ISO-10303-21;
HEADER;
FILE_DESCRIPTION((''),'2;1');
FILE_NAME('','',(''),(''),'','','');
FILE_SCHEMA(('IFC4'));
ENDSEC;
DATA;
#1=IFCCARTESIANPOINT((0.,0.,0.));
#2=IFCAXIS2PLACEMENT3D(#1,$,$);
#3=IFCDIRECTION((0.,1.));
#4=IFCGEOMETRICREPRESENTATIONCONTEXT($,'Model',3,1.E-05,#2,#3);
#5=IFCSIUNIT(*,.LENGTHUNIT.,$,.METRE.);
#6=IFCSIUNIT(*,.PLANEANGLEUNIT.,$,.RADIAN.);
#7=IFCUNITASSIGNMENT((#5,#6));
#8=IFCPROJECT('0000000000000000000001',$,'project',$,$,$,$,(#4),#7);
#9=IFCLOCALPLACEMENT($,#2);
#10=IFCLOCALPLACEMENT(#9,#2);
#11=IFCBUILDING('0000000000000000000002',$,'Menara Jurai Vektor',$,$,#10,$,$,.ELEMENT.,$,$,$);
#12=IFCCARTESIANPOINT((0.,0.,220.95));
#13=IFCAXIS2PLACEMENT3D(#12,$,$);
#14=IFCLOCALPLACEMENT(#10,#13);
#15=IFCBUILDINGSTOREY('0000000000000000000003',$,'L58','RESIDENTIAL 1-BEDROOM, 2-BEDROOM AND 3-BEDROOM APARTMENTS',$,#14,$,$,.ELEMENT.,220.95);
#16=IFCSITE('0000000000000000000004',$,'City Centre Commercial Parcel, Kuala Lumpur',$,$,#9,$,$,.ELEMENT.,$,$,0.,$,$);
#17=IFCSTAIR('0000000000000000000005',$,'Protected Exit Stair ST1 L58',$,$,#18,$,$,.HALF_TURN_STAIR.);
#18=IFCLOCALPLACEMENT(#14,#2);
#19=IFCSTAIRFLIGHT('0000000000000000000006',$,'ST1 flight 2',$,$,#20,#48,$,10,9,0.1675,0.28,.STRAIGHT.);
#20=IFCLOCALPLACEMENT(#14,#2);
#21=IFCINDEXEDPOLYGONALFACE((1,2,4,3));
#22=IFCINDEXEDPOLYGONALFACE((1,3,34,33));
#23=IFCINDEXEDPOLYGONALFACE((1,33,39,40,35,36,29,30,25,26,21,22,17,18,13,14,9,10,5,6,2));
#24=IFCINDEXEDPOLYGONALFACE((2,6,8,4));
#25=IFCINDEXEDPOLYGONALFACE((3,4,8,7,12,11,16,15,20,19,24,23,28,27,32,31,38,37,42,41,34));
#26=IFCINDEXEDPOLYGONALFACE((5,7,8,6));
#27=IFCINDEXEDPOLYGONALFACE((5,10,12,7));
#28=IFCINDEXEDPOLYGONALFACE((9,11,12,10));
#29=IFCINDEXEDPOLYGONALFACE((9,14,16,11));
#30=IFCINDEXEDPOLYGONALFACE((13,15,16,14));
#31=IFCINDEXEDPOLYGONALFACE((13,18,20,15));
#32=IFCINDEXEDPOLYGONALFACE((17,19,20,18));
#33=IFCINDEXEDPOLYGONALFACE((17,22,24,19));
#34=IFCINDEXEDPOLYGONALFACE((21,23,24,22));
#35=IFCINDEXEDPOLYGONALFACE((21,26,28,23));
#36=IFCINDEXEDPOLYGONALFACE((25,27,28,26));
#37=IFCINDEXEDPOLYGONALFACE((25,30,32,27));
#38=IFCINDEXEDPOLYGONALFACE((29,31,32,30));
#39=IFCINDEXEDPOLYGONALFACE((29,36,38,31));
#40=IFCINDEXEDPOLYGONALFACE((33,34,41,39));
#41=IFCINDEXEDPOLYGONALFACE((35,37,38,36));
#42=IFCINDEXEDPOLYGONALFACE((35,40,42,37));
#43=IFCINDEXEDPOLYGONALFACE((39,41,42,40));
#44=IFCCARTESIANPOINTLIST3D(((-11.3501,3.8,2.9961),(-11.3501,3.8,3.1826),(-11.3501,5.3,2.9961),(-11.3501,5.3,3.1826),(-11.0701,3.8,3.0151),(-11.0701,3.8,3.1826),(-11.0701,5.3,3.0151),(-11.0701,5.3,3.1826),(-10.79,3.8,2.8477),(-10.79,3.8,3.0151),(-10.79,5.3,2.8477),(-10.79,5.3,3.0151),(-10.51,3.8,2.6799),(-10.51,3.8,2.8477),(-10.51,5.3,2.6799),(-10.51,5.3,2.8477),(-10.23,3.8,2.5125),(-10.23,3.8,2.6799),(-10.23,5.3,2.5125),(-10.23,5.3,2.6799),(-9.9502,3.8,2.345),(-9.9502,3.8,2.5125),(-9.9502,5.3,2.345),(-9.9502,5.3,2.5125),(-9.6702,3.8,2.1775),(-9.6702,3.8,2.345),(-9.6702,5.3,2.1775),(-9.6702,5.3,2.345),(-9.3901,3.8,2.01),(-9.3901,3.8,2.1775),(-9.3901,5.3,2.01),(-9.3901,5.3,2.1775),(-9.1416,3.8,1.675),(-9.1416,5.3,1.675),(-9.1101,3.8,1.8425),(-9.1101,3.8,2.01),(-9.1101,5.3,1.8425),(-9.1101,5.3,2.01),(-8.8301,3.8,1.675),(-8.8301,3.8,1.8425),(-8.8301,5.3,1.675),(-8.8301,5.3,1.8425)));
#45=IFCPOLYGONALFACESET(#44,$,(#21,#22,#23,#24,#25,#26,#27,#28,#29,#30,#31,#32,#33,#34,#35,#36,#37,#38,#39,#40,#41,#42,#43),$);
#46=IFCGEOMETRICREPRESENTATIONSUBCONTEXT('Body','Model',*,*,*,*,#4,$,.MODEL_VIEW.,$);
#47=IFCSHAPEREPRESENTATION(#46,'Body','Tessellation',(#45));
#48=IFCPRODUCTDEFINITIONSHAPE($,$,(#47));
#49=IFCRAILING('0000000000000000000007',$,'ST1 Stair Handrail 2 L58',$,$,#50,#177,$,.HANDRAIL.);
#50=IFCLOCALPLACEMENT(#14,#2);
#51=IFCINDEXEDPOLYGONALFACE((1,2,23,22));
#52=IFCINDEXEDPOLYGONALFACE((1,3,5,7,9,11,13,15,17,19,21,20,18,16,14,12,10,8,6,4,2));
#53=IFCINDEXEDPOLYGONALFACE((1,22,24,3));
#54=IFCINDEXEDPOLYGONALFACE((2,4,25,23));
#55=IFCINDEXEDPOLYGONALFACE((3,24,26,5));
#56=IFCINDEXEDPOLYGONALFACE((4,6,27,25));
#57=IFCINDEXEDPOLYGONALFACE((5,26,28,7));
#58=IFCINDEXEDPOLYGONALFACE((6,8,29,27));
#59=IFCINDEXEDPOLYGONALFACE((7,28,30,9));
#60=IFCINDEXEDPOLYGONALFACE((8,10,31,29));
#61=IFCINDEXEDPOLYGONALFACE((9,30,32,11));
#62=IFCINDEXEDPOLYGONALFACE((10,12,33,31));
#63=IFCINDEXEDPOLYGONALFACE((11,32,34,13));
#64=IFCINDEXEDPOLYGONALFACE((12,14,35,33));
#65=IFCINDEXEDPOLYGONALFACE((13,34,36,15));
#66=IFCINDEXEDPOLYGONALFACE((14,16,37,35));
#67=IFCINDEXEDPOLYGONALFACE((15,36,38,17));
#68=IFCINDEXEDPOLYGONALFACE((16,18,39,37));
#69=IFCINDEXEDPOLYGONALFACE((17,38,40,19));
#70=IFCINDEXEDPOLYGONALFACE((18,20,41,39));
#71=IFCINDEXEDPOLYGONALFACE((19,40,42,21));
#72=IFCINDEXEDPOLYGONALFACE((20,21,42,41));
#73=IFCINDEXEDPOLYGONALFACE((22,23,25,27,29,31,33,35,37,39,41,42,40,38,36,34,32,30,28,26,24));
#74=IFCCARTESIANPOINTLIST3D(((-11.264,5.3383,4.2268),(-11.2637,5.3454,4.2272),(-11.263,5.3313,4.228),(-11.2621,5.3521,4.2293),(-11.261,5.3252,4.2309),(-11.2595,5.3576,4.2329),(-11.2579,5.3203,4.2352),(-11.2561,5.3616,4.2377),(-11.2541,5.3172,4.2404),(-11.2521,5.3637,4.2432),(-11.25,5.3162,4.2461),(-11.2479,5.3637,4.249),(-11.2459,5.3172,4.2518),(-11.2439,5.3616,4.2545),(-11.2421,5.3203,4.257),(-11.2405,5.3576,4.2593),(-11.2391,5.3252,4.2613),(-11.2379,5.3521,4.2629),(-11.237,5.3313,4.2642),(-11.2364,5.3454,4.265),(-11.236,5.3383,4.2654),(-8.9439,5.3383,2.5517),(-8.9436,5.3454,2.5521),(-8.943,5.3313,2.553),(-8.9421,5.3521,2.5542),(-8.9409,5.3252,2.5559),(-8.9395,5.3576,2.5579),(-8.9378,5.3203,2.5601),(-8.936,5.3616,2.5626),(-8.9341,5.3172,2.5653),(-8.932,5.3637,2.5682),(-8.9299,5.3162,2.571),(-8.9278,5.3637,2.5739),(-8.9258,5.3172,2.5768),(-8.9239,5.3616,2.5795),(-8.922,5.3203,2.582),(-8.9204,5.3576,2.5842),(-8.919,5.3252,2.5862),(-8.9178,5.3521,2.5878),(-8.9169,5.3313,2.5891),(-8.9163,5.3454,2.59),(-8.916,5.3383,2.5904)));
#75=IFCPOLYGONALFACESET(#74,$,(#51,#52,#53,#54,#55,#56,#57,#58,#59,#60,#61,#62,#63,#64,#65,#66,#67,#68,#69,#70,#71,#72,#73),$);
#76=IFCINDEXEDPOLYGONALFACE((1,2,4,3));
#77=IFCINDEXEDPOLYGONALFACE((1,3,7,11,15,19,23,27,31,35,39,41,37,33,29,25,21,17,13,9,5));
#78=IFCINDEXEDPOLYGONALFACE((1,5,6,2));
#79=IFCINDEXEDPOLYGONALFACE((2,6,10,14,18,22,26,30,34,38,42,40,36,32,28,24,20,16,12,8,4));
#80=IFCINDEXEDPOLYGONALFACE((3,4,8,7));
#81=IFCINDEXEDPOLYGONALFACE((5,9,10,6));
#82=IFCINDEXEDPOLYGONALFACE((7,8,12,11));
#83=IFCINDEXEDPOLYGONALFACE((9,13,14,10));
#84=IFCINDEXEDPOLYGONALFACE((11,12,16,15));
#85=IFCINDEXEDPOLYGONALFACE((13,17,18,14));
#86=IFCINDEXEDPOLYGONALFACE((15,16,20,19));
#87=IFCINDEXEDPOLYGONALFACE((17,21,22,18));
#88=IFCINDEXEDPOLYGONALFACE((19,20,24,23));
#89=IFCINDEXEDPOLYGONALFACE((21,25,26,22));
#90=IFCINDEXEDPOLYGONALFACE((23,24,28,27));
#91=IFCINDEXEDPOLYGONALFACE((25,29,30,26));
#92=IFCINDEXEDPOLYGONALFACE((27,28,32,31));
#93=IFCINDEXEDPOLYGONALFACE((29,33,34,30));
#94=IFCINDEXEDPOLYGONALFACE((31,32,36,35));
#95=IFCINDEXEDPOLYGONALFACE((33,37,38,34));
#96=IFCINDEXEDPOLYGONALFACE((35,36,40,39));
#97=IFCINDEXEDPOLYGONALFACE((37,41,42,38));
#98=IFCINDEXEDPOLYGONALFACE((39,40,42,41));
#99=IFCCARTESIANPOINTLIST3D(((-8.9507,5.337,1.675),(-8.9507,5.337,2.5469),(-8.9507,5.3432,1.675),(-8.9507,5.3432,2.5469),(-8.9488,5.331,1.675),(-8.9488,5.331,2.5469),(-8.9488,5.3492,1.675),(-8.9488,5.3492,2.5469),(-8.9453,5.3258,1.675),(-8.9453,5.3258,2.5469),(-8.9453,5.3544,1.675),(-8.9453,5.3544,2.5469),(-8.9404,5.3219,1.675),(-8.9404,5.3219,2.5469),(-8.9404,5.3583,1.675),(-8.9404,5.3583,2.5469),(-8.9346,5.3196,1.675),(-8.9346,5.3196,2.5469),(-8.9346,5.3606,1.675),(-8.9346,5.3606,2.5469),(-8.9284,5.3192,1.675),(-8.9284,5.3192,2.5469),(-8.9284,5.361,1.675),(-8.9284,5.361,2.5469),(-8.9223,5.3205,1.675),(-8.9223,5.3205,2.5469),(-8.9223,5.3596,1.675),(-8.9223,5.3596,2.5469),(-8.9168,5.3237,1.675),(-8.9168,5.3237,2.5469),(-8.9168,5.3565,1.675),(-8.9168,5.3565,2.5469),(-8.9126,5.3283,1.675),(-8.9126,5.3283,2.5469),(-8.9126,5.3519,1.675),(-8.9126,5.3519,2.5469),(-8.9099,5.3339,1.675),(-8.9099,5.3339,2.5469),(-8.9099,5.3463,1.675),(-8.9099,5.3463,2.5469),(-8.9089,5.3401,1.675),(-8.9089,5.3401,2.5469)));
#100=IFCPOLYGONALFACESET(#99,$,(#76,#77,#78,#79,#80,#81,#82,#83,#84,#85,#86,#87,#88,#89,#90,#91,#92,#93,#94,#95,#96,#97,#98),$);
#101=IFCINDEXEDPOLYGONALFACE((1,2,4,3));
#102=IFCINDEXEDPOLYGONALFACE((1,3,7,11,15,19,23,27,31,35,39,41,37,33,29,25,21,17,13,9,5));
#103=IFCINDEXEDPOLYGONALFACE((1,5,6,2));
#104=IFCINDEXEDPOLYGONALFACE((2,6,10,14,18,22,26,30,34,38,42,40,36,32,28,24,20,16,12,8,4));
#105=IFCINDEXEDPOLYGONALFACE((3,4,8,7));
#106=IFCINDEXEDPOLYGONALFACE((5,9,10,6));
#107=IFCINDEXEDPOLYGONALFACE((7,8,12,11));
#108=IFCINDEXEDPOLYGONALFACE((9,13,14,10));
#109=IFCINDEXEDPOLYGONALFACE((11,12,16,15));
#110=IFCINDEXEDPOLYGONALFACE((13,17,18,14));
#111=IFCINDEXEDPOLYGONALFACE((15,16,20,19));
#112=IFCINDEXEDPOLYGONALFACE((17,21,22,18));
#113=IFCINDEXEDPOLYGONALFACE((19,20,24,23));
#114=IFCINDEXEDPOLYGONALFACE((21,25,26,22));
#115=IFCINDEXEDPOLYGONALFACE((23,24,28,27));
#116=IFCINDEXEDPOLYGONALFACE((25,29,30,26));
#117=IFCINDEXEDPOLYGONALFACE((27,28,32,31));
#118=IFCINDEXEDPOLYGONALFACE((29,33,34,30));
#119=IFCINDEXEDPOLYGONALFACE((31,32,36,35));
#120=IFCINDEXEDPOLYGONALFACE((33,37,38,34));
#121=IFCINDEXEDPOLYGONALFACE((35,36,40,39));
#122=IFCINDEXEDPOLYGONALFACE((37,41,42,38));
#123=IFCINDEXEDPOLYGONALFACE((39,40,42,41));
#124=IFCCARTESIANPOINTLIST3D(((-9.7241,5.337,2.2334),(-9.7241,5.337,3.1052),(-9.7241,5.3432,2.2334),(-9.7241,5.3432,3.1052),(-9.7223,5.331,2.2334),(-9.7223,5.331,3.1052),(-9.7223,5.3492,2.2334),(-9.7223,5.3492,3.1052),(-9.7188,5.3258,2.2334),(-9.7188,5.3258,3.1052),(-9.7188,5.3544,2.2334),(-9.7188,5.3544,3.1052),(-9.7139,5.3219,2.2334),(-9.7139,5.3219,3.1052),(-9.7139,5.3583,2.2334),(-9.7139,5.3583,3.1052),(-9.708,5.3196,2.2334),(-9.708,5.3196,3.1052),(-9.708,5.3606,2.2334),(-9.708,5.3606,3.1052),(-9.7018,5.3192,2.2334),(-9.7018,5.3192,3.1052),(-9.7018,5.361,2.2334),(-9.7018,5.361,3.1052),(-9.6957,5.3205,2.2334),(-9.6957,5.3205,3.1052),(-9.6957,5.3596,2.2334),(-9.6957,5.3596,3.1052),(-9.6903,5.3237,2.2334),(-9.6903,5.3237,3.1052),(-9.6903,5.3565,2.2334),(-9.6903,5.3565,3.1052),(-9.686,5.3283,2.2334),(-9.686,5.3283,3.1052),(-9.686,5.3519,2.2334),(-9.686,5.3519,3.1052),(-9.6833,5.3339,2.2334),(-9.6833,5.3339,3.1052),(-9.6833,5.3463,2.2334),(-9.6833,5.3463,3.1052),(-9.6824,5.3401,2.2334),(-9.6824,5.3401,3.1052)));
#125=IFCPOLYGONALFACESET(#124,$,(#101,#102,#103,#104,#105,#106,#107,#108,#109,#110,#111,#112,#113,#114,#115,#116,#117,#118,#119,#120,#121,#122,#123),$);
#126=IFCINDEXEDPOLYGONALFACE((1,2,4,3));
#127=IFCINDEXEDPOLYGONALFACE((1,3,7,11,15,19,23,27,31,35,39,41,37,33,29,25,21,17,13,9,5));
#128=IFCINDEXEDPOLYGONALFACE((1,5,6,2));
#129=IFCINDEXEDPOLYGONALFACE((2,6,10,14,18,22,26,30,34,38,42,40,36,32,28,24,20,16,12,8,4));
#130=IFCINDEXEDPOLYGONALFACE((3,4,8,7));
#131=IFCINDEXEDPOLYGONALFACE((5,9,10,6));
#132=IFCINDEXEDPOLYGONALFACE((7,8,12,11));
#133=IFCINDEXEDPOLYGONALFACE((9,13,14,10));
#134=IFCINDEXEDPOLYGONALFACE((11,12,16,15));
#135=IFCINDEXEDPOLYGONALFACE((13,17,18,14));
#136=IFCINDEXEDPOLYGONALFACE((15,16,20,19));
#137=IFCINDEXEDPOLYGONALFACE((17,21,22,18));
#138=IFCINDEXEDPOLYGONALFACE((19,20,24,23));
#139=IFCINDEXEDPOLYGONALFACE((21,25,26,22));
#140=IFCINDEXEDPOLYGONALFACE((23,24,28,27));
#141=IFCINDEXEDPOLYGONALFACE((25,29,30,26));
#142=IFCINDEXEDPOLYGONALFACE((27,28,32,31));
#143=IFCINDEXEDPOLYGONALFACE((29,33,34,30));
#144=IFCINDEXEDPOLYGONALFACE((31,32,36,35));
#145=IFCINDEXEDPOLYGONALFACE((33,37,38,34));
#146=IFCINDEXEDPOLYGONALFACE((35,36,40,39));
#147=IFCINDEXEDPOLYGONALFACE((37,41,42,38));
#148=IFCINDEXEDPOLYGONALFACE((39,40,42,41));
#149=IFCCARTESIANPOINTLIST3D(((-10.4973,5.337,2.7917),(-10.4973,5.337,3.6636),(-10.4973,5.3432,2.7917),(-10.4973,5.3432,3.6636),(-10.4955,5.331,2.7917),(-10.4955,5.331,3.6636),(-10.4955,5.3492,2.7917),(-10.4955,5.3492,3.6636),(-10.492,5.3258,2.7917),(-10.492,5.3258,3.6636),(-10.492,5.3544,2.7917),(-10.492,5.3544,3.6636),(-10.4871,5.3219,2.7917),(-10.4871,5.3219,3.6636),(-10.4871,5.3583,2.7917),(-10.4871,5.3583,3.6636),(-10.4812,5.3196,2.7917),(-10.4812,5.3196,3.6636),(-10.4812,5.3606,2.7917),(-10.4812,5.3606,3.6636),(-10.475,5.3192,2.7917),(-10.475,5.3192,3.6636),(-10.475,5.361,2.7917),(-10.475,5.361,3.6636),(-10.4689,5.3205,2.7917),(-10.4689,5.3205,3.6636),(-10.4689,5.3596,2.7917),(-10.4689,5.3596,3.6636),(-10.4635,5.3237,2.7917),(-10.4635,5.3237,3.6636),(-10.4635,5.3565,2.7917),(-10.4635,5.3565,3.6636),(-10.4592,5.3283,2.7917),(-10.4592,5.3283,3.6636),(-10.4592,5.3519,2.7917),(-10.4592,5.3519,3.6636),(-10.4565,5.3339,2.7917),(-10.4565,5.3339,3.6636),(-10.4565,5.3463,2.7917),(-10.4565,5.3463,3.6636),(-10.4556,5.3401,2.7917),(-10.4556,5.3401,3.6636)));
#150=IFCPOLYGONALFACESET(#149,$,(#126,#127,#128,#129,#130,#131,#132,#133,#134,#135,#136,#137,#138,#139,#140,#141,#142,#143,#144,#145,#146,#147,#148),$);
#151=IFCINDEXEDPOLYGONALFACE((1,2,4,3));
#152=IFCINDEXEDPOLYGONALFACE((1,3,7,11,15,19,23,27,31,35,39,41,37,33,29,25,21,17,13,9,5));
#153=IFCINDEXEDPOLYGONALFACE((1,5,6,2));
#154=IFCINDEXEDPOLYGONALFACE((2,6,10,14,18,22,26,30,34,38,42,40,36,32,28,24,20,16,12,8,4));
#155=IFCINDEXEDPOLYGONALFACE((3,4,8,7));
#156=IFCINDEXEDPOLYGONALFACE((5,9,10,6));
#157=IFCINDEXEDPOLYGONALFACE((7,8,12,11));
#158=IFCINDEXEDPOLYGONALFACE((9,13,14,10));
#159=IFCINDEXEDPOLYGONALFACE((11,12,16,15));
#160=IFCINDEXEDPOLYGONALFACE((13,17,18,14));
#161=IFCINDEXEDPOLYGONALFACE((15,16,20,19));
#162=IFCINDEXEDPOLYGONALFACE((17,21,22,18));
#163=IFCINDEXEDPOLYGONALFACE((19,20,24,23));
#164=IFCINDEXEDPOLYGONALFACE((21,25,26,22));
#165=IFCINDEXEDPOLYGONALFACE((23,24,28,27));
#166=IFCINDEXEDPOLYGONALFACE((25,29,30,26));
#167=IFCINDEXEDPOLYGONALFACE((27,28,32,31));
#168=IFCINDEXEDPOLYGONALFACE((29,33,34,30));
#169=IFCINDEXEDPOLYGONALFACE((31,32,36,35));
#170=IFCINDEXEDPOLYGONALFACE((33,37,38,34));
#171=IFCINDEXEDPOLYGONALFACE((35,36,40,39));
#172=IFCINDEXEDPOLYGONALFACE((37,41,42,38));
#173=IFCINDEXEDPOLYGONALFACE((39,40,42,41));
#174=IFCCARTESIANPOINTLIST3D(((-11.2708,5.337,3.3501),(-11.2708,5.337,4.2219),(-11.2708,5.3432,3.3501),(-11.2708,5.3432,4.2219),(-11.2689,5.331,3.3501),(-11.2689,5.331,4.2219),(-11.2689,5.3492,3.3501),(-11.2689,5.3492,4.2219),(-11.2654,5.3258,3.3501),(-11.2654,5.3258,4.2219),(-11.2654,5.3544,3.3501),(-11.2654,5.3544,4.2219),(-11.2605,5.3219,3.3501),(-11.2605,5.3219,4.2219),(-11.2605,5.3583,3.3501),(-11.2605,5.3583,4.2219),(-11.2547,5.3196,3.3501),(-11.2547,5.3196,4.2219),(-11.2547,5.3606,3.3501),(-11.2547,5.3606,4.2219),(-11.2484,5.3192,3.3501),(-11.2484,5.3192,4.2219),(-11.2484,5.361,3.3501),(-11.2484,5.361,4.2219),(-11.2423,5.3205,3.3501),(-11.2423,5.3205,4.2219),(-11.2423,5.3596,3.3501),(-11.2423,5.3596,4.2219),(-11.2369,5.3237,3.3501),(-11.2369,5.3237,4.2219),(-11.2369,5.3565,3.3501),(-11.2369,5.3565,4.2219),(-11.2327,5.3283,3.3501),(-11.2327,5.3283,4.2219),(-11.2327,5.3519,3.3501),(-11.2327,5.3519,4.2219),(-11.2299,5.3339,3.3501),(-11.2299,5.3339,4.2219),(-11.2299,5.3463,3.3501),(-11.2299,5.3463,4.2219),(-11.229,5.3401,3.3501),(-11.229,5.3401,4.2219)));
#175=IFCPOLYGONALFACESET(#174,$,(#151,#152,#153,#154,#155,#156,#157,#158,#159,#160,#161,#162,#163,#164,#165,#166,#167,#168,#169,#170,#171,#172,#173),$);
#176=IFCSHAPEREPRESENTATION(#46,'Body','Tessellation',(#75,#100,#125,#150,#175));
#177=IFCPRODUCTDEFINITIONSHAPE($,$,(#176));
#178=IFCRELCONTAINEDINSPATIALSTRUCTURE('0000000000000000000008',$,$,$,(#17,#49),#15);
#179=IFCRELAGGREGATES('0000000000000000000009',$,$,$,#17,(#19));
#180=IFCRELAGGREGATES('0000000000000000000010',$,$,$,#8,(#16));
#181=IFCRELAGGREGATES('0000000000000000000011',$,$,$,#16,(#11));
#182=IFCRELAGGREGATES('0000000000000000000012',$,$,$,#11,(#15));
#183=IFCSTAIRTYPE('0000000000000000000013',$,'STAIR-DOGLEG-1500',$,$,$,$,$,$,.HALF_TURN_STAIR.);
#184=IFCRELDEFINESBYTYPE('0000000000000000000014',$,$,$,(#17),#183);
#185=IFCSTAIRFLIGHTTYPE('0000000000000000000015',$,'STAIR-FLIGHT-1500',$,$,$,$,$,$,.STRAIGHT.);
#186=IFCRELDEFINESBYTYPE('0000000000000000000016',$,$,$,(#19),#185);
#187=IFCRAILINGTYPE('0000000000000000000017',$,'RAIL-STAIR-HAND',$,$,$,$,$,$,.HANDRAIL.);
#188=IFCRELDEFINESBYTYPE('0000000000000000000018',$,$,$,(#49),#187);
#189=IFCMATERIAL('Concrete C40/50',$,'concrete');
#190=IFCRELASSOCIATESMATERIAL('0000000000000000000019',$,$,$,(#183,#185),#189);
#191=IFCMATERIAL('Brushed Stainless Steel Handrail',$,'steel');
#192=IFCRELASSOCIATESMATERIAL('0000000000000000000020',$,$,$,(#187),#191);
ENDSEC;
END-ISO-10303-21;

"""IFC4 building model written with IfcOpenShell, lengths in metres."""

from ifc_helpers import new_model, si_unit, direction, frame, origin, origin_2d, place, context, subcontext, project, spatial, polyline, circle, outline, extrude, material, type_object, element, aggregate, save


model = new_model("IFC4")

# Units and contexts
model_context = context("Model", 3, precision=1e-05, world=origin(), true_north=direction((0.0, 1.0)))
body_context = subcontext(model_context, "Body", "Model", "MODEL_VIEW")
ifc_project = project(units=[si_unit("LENGTHUNIT", "METRE"), si_unit("PLANEANGLEUNIT", "RADIAN")], contexts=[model_context])

# Site, building, storey
site_placement = place(None, origin())
site = spatial("IfcSite", under=ifc_project, at=site_placement, Name="City Centre Commercial Parcel, Kuala Lumpur", CompositionType="ELEMENT", RefElevation=0.0)
building_placement = place(site_placement, origin())
building = spatial("IfcBuilding", under=site, at=building_placement, Name="Menara Jurai Vektor", CompositionType="ELEMENT")
storey_placement = place(building_placement, frame((0.0, 0.0, 220.95)))
storey = spatial("IfcBuildingStorey", under=building, at=storey_placement, Name="L58", Description="RESIDENTIAL 1-BEDROOM, 2-BEDROOM AND 3-BEDROOM APARTMENTS", CompositionType="ELEMENT", Elevation=220.95)

# Shared definitions
ifc_material_1 = material(Name="Concrete C40/50", Category="concrete")

# Stair, stair flight
stair_type = type_object("IfcStairType", Name="STAIR-DOGLEG-1500", PredefinedType="HALF_TURN_STAIR", material=ifc_material_1)
stair_placement = place(storey_placement, origin())
stair = element("IfcStair", 1, at=stair_placement, inside=storey, type_object=stair_type, Name="Protected Exit Stair ST1 L58", PredefinedType="HALF_TURN_STAIR")
stair_flight_type = type_object("IfcStairFlightType", Name="STAIR-FLIGHT-1500", PredefinedType="STRAIGHT", material=ifc_material_1)
stair_flight_placement = place(storey_placement, frame((-8.8301, 4.55, 1.675), z_axis=(0.0, 0.0, 1.0), x_axis=(-1.0, 0.0, 0.0)))
stair_flight = element("IfcStairFlight", 2, at=stair_flight_placement, type_object=stair_flight_type, Name="ST1 flight 2", NumberOfRisers=10, NumberOfTreads=9, PredefinedType="STRAIGHT", RiserHeight=0.1675, TreadLength=0.28, context=body_context, shape_type="SweptSolid", body=[
    extrude(outline(polyline([(0.0, 0.0), (0.0, 0.1675), (0.28, 0.1675), (0.28, 0.335), (0.5601, 0.335), (0.5601, 0.5024), (0.8401, 0.5024), (0.8401, 0.6699), (1.1201, 0.6699), (1.1201, 0.8374), (1.3999, 0.8374), (1.3999, 1.0049), (1.6799, 1.0049), (1.6799, 1.1726), (1.96, 1.1726), (1.96, 1.3401), (2.24, 1.3401), (2.24, 1.5076), (2.52, 1.5076), (2.52, 1.675), (2.52, 1.321), (0.3115, 0.0), (0.0, 0.0)])), frame((0.0, 0.75, 0.0), z_axis=(0.0, -1.0, 0.0), x_axis=(1.0, 0.0, 0.0)), (0.0, 0.0, 1.0), 1.5),
])
aggregate(stair, [stair_flight])

# Railing
ifc_material_2 = material(Name="Brushed Stainless Steel Handrail", Category="steel")
railing_type = type_object("IfcRailingType", Name="RAIL-STAIR-HAND", PredefinedType="HANDRAIL", material=ifc_material_2)
railing_placement = place(storey_placement, frame((-8.9299, 5.3401, 1.675)))
element("IfcRailing", 3, at=railing_placement, inside=storey, type_object=railing_type, Name="ST1 Stair Handrail 2 L58", PredefinedType="HANDRAIL", context=body_context, shape_type="SweptSolid", body=[
    extrude(circle(Radius=0.0239, at=origin_2d()), frame((0.0, 0.0, 0.896), z_axis=(-0.810771, 0.0, 0.585363), x_axis=(0.0, -1.0, 0.0)), (0.0, 0.0, 1.0), 2.8616),
    extrude(circle(Radius=0.021, at=origin_2d()), origin(), (0.0, 0.0, 1.0), 0.8718),
    extrude(circle(Radius=0.021, at=origin_2d()), frame((-0.7734, 0.0, 0.5583)), (0.0, 0.0, 1.0), 0.8718),
    extrude(circle(Radius=0.021, at=origin_2d()), frame((-1.5466, 0.0, 1.1167)), (0.0, 0.0, 1.0), 0.8718),
    extrude(circle(Radius=0.021, at=origin_2d()), frame((-2.3201, 0.0, 1.675)), (0.0, 0.0, 1.0), 0.8718),
])

save(model, "model.ifc")
